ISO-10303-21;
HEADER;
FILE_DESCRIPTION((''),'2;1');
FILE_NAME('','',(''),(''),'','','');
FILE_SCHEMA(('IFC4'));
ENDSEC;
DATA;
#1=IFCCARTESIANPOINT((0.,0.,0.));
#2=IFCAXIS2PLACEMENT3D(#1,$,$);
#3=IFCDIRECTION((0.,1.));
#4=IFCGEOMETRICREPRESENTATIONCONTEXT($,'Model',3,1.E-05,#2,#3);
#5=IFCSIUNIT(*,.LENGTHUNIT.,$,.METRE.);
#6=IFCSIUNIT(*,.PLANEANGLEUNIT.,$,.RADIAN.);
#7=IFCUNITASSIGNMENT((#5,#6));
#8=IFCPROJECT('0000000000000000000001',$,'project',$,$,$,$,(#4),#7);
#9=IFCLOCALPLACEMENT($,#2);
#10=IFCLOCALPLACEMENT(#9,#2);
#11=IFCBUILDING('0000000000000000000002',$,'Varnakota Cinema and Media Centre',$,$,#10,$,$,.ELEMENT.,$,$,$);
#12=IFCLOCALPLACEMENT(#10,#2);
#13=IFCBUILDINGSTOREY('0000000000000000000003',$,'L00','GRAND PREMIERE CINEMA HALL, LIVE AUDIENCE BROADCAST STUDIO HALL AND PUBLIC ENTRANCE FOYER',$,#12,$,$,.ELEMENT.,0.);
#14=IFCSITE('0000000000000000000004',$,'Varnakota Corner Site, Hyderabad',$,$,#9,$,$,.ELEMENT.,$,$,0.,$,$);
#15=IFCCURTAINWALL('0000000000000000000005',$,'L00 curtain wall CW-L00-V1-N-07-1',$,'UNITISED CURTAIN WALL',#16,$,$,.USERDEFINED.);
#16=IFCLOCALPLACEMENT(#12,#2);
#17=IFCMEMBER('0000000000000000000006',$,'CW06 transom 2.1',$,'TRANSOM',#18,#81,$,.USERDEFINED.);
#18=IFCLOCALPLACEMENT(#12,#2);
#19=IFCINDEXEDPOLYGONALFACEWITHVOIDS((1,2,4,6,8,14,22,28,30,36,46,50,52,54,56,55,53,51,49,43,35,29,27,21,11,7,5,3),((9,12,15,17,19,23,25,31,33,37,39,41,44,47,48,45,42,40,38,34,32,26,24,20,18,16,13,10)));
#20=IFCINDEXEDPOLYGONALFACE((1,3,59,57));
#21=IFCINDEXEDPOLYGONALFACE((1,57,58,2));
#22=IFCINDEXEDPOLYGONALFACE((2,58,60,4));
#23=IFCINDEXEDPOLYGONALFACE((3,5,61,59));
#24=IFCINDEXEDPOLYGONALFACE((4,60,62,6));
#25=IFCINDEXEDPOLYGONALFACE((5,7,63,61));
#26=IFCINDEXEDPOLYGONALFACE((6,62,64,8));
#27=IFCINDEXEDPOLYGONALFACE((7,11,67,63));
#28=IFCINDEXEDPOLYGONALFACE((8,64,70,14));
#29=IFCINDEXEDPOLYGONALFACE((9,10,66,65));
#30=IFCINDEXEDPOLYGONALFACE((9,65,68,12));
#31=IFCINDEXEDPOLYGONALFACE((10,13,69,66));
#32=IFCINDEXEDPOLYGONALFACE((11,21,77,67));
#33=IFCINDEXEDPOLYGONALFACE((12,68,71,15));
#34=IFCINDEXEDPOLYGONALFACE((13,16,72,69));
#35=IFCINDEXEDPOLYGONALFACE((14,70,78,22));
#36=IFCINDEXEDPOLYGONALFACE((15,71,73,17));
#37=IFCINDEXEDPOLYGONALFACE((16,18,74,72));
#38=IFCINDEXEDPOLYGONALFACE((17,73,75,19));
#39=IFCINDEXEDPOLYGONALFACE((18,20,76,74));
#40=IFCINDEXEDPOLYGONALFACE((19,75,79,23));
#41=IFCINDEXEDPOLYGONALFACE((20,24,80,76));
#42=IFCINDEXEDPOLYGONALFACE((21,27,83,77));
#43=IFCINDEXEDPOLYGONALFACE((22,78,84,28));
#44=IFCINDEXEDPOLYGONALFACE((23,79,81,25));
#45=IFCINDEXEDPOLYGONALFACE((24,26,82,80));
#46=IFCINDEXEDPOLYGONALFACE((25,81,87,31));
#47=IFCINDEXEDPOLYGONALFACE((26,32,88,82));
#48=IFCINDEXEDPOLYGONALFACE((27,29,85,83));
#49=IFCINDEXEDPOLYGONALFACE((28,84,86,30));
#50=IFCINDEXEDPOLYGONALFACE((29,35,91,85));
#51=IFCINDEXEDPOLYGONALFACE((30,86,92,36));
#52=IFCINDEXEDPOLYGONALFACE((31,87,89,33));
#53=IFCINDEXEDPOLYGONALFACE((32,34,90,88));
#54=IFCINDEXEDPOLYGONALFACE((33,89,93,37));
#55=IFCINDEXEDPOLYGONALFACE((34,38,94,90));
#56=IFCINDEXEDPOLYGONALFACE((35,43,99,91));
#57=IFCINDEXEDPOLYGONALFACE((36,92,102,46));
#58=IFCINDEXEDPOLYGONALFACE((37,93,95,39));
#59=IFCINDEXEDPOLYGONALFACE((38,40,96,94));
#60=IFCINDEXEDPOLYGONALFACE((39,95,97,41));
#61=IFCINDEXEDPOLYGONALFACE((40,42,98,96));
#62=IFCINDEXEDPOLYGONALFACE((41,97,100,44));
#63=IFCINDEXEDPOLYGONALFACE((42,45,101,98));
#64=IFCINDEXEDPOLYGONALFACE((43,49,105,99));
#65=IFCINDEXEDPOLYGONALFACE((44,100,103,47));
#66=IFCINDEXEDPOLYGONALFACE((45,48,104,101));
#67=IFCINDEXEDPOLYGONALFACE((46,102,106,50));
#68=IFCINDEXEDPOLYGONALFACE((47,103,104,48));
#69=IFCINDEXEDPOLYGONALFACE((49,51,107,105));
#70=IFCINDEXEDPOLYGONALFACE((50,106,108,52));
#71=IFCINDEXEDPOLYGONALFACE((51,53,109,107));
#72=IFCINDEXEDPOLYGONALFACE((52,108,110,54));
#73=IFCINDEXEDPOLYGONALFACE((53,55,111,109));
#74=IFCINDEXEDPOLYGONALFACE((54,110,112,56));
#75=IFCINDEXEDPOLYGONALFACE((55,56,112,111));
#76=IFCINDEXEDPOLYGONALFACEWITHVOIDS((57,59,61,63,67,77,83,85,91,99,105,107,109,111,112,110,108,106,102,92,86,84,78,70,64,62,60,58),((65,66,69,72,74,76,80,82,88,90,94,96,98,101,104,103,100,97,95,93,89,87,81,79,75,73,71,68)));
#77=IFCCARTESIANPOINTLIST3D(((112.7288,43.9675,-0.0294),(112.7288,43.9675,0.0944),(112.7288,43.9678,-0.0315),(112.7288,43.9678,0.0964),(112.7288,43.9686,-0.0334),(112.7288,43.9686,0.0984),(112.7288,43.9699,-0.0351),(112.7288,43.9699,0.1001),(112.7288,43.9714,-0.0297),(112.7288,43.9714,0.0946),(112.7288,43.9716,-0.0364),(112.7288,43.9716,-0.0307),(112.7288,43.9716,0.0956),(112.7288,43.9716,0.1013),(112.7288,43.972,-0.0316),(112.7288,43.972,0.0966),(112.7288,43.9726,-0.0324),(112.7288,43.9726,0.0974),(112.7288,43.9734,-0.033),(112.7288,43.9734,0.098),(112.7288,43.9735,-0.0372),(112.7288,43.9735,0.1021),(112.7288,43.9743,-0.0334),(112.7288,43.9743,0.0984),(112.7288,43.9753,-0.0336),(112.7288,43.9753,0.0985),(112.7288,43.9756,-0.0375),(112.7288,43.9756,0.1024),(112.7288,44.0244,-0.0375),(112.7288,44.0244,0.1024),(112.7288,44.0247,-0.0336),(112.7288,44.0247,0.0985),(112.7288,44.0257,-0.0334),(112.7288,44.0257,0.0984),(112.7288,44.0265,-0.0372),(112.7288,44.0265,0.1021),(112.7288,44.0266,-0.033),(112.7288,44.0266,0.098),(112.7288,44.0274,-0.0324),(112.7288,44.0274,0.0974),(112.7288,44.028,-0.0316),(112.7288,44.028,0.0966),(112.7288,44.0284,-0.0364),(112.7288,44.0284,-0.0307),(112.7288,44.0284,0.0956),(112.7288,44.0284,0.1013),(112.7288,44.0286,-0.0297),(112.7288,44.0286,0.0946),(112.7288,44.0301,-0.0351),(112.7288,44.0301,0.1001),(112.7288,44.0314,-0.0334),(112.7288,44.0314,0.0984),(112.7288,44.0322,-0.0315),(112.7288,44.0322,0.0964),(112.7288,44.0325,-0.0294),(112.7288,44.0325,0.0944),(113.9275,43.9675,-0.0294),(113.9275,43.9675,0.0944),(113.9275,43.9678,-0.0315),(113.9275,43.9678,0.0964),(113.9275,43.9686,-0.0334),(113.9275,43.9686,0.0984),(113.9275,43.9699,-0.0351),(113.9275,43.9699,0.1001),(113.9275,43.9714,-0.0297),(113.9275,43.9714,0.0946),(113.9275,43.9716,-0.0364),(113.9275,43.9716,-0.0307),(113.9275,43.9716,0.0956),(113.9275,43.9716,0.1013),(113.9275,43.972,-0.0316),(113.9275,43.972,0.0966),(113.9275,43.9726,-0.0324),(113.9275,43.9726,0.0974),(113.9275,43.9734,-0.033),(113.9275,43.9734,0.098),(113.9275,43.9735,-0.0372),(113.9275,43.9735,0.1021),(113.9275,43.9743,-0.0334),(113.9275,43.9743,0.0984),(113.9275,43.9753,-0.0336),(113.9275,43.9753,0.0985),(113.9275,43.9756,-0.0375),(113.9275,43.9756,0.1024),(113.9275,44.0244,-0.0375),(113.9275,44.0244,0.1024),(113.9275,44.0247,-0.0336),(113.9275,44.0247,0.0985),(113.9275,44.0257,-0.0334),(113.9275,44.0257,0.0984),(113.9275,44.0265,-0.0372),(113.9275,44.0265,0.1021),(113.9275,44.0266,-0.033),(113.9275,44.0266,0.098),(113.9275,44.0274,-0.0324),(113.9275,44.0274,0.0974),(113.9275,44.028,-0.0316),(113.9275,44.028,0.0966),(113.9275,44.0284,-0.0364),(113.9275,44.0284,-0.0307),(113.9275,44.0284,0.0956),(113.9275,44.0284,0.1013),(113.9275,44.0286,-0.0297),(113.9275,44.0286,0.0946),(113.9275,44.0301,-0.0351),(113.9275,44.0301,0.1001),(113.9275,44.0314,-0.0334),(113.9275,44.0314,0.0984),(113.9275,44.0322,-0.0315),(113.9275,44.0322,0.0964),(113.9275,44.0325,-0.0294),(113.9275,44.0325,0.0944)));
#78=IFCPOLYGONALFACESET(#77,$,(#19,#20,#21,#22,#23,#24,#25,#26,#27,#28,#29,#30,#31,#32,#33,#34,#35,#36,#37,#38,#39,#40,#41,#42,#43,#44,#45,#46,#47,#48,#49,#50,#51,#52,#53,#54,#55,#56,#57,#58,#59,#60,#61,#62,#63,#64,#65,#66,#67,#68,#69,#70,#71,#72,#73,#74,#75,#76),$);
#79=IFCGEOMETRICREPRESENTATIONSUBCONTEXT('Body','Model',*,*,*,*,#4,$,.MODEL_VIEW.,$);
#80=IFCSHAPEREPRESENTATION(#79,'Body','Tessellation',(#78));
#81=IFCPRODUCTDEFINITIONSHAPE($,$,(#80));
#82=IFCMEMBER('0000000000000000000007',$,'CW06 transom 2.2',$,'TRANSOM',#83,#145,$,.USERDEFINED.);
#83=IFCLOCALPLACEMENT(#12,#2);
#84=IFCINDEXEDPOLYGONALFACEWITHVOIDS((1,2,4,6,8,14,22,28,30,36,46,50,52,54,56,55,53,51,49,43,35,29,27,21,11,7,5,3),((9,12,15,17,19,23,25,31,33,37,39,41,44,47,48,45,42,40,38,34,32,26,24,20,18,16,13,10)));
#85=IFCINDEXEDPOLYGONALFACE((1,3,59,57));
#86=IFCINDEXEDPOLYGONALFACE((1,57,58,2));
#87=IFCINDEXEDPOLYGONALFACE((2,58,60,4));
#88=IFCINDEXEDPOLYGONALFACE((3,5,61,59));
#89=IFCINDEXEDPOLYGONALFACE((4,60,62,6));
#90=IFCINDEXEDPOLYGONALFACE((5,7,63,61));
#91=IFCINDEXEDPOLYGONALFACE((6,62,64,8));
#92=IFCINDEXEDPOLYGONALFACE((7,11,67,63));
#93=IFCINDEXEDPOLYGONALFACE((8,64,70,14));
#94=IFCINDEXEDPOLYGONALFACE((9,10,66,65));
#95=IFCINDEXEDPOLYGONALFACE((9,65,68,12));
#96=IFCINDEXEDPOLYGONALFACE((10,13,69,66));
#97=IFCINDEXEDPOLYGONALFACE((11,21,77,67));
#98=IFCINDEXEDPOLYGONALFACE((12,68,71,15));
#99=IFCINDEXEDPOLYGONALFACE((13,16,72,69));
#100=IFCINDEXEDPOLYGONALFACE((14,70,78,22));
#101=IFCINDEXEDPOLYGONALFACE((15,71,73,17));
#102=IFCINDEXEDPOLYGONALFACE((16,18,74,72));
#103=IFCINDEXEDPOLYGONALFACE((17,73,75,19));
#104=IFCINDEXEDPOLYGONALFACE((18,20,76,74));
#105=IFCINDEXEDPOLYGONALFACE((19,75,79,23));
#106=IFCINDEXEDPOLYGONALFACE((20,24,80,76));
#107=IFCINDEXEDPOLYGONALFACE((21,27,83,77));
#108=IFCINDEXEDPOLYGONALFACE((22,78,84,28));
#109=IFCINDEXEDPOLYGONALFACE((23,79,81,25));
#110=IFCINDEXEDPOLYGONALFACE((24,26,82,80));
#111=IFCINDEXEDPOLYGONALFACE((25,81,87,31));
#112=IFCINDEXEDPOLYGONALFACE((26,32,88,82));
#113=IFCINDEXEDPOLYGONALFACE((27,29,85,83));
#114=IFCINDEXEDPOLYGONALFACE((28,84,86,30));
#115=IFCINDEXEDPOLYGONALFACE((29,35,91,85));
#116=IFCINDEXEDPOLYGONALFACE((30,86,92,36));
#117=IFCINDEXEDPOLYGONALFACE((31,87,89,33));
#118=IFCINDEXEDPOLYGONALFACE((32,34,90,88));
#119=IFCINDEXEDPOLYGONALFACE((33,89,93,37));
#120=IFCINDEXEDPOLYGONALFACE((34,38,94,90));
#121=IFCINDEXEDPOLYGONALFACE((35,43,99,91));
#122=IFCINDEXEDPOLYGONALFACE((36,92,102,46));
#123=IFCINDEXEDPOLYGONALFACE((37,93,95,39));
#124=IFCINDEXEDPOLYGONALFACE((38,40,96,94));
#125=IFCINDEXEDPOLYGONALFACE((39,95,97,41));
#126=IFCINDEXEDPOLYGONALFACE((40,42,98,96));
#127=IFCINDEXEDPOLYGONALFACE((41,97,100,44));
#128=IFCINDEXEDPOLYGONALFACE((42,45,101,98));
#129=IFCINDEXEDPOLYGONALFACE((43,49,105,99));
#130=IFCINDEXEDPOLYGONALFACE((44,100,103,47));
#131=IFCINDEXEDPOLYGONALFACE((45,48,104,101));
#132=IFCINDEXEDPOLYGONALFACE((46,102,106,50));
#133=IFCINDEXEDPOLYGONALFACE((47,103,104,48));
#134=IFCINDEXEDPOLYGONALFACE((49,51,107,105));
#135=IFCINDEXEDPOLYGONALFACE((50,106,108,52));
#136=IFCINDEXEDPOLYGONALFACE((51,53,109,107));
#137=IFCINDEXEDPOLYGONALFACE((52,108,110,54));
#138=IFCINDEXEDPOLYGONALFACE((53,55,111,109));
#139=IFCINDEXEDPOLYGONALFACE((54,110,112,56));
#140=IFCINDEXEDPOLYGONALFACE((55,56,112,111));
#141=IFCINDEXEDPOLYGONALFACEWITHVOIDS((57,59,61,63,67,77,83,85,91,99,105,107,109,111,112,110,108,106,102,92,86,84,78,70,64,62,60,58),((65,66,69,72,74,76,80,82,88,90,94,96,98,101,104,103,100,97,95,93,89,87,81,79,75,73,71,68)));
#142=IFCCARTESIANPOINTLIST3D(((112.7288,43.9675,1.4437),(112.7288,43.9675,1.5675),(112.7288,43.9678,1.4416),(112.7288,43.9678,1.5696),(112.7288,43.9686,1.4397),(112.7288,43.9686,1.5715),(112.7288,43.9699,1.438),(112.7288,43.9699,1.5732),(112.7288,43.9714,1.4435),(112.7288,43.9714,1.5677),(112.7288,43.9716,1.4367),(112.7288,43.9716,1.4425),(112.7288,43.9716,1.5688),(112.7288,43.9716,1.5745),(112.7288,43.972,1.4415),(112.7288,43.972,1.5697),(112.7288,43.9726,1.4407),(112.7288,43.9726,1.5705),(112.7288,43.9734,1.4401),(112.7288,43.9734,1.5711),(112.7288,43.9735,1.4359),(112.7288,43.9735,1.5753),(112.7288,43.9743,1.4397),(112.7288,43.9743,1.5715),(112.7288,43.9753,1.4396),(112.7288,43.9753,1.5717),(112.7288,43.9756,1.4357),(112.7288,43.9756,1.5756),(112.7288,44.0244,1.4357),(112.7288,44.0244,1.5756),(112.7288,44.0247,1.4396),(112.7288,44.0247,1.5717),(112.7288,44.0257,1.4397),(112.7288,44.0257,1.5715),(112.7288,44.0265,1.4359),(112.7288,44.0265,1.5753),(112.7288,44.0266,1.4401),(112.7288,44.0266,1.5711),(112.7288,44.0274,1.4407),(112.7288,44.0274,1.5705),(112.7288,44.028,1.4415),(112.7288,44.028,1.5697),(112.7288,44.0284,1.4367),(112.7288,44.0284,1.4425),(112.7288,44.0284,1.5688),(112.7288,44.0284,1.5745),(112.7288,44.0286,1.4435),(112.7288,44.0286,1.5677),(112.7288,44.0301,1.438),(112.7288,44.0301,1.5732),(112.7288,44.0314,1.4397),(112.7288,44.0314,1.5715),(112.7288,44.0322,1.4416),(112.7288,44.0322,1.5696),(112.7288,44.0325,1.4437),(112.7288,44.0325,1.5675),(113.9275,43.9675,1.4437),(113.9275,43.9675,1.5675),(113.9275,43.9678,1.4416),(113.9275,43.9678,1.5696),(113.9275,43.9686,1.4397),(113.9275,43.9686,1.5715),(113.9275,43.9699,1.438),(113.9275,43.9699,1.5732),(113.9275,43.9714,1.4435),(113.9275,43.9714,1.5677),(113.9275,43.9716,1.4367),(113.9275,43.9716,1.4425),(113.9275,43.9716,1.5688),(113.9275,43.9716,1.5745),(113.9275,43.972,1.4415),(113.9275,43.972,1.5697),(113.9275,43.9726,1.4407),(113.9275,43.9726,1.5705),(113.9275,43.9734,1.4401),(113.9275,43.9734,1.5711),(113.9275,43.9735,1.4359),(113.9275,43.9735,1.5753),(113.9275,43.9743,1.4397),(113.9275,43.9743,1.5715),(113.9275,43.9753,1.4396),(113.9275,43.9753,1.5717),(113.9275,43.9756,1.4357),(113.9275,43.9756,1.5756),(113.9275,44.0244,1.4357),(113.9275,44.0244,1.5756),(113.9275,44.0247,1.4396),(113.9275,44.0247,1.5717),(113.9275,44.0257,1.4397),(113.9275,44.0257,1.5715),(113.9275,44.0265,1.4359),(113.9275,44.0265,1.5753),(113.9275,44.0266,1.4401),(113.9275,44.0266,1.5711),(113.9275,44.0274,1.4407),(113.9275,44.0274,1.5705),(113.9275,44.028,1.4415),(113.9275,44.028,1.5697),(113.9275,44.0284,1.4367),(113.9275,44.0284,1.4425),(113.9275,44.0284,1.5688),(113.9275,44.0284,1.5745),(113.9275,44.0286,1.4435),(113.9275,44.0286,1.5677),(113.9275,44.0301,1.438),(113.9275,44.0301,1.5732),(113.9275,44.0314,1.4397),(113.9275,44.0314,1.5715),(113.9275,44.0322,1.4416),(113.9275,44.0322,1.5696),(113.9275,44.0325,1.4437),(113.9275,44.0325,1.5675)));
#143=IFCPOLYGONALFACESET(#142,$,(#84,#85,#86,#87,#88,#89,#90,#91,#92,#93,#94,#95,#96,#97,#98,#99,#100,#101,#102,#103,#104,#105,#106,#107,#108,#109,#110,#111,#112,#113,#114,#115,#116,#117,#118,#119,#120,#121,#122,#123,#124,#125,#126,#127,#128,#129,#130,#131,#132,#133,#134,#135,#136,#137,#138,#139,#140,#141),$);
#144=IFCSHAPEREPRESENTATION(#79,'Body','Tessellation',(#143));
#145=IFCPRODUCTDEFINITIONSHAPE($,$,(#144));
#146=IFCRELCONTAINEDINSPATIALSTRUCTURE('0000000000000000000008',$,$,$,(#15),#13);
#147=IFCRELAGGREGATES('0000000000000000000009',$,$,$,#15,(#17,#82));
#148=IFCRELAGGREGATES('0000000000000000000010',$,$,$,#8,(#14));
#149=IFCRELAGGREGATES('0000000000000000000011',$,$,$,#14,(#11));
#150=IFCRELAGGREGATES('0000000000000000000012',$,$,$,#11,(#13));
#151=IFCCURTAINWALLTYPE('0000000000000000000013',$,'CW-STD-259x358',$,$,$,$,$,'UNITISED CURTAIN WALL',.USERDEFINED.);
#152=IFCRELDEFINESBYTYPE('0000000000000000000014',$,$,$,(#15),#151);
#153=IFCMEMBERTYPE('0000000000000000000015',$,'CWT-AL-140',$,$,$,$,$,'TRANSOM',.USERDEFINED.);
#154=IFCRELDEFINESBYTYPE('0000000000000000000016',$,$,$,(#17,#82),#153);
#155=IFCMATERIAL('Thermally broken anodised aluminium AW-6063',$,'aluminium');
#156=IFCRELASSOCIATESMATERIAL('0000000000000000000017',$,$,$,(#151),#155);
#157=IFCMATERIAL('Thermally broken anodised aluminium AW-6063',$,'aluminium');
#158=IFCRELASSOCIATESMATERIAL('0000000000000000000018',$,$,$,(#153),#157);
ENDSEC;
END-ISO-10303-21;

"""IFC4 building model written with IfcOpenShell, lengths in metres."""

from ifc_helpers import new_model, si_unit, direction, frame, origin, origin_2d, place, context, subcontext, project, spatial, hollow_rectangle, extrude, material, material_profile, profile_set, type_object, element, aggregate, save


model = new_model("IFC4")

# Units and contexts
model_context = context("Model", 3, precision=1e-05, world=origin(), true_north=direction((0.0, 1.0)))
body_context = subcontext(model_context, "Body", "Model", "MODEL_VIEW")
ifc_project = project(units=[si_unit("LENGTHUNIT", "METRE"), si_unit("PLANEANGLEUNIT", "RADIAN")], contexts=[model_context])

# Site, building, storey
site_placement = place(None, origin())
site = spatial("IfcSite", under=ifc_project, at=site_placement, Name="Varnakota Corner Site, Hyderabad", CompositionType="ELEMENT", RefElevation=0.0)
building_placement = place(site_placement, origin())
building = spatial("IfcBuilding", under=site, at=building_placement, Name="Varnakota Cinema and Media Centre", CompositionType="ELEMENT")
storey_placement = place(building_placement, origin())
storey = spatial("IfcBuildingStorey", under=building, at=storey_placement, Name="L00", Description="GRAND PREMIERE CINEMA HALL, LIVE AUDIENCE BROADCAST STUDIO HALL AND PUBLIC ENTRANCE FOYER", CompositionType="ELEMENT", Elevation=0.0)

# Shared definitions
ifc_material_1 = material(Name="Thermally broken anodised aluminium AW-6063", Category="aluminium")
curtain_wall_type = type_object("IfcCurtainWallType", Name="CW-STD-259x358", ElementType="UNITISED CURTAIN WALL", PredefinedType="USERDEFINED", material=ifc_material_1)

# Curtain wall
curtain_wall_1_placement = place(storey_placement, origin())
curtain_wall_1 = element("IfcCurtainWall", 1, at=curtain_wall_1_placement, inside=storey, type_object=curtain_wall_type, Name="L00 curtain wall CW-L00-V1-N-07-1", ObjectType="UNITISED CURTAIN WALL", PredefinedType="USERDEFINED")

# Members
ifc_material_2 = material(Name="Thermally broken anodised aluminium AW-6063", Category="aluminium")
ifc_material_profile_1 = material_profile(ifc_material_2, hollow_rectangle(XDim=0.0649, YDim=0.1399, WallThickness=0.0039, InnerFilletRadius=0.0039, OuterFilletRadius=0.0081, at=origin_2d()), Name="AL-TRANSOM 140x65x4")
ifc_profile_set_1 = profile_set([ifc_material_profile_1], Name="Thermally broken anodised aluminium AW-6063")
member_type_1 = type_object("IfcMemberType", Name="CWT-AL-140", ElementType="TRANSOM", PredefinedType="USERDEFINED", material=ifc_profile_set_1)
member_1_placement = place(storey_placement, frame((112.7288, 44.0, 0.0325), z_axis=(1.0, 0.0, 0.0), x_axis=(0.0, 1.0, 0.0)))
member_1 = element("IfcMember", 2, at=member_1_placement, type_object=member_type_1, Name="CW06 transom 2.1", ObjectType="TRANSOM", PredefinedType="USERDEFINED", context=body_context, shape_type="SweptSolid", body=[
    extrude(hollow_rectangle(XDim=0.0649, YDim=0.1399, WallThickness=0.0039, InnerFilletRadius=0.0039, OuterFilletRadius=0.0081, at=origin_2d()), origin(), (0.0, 0.0, 1.0), 1.1987),
])
member_2_placement = place(storey_placement, frame((112.7288, 44.0, 1.5056), z_axis=(1.0, 0.0, 0.0), x_axis=(0.0, 1.0, 0.0)))
member_2 = element("IfcMember", 3, at=member_2_placement, type_object=member_type_1, Name="CW06 transom 2.2", ObjectType="TRANSOM", PredefinedType="USERDEFINED", context=body_context, shape_type="SweptSolid", body=[
    extrude(hollow_rectangle(XDim=0.0649, YDim=0.1399, WallThickness=0.0039, InnerFilletRadius=0.0039, OuterFilletRadius=0.0081, at=origin_2d()), origin(), (0.0, 0.0, 1.0), 1.1987),
])

aggregate(curtain_wall_1, [member_1, member_2])

save(model, "model.ifc")
